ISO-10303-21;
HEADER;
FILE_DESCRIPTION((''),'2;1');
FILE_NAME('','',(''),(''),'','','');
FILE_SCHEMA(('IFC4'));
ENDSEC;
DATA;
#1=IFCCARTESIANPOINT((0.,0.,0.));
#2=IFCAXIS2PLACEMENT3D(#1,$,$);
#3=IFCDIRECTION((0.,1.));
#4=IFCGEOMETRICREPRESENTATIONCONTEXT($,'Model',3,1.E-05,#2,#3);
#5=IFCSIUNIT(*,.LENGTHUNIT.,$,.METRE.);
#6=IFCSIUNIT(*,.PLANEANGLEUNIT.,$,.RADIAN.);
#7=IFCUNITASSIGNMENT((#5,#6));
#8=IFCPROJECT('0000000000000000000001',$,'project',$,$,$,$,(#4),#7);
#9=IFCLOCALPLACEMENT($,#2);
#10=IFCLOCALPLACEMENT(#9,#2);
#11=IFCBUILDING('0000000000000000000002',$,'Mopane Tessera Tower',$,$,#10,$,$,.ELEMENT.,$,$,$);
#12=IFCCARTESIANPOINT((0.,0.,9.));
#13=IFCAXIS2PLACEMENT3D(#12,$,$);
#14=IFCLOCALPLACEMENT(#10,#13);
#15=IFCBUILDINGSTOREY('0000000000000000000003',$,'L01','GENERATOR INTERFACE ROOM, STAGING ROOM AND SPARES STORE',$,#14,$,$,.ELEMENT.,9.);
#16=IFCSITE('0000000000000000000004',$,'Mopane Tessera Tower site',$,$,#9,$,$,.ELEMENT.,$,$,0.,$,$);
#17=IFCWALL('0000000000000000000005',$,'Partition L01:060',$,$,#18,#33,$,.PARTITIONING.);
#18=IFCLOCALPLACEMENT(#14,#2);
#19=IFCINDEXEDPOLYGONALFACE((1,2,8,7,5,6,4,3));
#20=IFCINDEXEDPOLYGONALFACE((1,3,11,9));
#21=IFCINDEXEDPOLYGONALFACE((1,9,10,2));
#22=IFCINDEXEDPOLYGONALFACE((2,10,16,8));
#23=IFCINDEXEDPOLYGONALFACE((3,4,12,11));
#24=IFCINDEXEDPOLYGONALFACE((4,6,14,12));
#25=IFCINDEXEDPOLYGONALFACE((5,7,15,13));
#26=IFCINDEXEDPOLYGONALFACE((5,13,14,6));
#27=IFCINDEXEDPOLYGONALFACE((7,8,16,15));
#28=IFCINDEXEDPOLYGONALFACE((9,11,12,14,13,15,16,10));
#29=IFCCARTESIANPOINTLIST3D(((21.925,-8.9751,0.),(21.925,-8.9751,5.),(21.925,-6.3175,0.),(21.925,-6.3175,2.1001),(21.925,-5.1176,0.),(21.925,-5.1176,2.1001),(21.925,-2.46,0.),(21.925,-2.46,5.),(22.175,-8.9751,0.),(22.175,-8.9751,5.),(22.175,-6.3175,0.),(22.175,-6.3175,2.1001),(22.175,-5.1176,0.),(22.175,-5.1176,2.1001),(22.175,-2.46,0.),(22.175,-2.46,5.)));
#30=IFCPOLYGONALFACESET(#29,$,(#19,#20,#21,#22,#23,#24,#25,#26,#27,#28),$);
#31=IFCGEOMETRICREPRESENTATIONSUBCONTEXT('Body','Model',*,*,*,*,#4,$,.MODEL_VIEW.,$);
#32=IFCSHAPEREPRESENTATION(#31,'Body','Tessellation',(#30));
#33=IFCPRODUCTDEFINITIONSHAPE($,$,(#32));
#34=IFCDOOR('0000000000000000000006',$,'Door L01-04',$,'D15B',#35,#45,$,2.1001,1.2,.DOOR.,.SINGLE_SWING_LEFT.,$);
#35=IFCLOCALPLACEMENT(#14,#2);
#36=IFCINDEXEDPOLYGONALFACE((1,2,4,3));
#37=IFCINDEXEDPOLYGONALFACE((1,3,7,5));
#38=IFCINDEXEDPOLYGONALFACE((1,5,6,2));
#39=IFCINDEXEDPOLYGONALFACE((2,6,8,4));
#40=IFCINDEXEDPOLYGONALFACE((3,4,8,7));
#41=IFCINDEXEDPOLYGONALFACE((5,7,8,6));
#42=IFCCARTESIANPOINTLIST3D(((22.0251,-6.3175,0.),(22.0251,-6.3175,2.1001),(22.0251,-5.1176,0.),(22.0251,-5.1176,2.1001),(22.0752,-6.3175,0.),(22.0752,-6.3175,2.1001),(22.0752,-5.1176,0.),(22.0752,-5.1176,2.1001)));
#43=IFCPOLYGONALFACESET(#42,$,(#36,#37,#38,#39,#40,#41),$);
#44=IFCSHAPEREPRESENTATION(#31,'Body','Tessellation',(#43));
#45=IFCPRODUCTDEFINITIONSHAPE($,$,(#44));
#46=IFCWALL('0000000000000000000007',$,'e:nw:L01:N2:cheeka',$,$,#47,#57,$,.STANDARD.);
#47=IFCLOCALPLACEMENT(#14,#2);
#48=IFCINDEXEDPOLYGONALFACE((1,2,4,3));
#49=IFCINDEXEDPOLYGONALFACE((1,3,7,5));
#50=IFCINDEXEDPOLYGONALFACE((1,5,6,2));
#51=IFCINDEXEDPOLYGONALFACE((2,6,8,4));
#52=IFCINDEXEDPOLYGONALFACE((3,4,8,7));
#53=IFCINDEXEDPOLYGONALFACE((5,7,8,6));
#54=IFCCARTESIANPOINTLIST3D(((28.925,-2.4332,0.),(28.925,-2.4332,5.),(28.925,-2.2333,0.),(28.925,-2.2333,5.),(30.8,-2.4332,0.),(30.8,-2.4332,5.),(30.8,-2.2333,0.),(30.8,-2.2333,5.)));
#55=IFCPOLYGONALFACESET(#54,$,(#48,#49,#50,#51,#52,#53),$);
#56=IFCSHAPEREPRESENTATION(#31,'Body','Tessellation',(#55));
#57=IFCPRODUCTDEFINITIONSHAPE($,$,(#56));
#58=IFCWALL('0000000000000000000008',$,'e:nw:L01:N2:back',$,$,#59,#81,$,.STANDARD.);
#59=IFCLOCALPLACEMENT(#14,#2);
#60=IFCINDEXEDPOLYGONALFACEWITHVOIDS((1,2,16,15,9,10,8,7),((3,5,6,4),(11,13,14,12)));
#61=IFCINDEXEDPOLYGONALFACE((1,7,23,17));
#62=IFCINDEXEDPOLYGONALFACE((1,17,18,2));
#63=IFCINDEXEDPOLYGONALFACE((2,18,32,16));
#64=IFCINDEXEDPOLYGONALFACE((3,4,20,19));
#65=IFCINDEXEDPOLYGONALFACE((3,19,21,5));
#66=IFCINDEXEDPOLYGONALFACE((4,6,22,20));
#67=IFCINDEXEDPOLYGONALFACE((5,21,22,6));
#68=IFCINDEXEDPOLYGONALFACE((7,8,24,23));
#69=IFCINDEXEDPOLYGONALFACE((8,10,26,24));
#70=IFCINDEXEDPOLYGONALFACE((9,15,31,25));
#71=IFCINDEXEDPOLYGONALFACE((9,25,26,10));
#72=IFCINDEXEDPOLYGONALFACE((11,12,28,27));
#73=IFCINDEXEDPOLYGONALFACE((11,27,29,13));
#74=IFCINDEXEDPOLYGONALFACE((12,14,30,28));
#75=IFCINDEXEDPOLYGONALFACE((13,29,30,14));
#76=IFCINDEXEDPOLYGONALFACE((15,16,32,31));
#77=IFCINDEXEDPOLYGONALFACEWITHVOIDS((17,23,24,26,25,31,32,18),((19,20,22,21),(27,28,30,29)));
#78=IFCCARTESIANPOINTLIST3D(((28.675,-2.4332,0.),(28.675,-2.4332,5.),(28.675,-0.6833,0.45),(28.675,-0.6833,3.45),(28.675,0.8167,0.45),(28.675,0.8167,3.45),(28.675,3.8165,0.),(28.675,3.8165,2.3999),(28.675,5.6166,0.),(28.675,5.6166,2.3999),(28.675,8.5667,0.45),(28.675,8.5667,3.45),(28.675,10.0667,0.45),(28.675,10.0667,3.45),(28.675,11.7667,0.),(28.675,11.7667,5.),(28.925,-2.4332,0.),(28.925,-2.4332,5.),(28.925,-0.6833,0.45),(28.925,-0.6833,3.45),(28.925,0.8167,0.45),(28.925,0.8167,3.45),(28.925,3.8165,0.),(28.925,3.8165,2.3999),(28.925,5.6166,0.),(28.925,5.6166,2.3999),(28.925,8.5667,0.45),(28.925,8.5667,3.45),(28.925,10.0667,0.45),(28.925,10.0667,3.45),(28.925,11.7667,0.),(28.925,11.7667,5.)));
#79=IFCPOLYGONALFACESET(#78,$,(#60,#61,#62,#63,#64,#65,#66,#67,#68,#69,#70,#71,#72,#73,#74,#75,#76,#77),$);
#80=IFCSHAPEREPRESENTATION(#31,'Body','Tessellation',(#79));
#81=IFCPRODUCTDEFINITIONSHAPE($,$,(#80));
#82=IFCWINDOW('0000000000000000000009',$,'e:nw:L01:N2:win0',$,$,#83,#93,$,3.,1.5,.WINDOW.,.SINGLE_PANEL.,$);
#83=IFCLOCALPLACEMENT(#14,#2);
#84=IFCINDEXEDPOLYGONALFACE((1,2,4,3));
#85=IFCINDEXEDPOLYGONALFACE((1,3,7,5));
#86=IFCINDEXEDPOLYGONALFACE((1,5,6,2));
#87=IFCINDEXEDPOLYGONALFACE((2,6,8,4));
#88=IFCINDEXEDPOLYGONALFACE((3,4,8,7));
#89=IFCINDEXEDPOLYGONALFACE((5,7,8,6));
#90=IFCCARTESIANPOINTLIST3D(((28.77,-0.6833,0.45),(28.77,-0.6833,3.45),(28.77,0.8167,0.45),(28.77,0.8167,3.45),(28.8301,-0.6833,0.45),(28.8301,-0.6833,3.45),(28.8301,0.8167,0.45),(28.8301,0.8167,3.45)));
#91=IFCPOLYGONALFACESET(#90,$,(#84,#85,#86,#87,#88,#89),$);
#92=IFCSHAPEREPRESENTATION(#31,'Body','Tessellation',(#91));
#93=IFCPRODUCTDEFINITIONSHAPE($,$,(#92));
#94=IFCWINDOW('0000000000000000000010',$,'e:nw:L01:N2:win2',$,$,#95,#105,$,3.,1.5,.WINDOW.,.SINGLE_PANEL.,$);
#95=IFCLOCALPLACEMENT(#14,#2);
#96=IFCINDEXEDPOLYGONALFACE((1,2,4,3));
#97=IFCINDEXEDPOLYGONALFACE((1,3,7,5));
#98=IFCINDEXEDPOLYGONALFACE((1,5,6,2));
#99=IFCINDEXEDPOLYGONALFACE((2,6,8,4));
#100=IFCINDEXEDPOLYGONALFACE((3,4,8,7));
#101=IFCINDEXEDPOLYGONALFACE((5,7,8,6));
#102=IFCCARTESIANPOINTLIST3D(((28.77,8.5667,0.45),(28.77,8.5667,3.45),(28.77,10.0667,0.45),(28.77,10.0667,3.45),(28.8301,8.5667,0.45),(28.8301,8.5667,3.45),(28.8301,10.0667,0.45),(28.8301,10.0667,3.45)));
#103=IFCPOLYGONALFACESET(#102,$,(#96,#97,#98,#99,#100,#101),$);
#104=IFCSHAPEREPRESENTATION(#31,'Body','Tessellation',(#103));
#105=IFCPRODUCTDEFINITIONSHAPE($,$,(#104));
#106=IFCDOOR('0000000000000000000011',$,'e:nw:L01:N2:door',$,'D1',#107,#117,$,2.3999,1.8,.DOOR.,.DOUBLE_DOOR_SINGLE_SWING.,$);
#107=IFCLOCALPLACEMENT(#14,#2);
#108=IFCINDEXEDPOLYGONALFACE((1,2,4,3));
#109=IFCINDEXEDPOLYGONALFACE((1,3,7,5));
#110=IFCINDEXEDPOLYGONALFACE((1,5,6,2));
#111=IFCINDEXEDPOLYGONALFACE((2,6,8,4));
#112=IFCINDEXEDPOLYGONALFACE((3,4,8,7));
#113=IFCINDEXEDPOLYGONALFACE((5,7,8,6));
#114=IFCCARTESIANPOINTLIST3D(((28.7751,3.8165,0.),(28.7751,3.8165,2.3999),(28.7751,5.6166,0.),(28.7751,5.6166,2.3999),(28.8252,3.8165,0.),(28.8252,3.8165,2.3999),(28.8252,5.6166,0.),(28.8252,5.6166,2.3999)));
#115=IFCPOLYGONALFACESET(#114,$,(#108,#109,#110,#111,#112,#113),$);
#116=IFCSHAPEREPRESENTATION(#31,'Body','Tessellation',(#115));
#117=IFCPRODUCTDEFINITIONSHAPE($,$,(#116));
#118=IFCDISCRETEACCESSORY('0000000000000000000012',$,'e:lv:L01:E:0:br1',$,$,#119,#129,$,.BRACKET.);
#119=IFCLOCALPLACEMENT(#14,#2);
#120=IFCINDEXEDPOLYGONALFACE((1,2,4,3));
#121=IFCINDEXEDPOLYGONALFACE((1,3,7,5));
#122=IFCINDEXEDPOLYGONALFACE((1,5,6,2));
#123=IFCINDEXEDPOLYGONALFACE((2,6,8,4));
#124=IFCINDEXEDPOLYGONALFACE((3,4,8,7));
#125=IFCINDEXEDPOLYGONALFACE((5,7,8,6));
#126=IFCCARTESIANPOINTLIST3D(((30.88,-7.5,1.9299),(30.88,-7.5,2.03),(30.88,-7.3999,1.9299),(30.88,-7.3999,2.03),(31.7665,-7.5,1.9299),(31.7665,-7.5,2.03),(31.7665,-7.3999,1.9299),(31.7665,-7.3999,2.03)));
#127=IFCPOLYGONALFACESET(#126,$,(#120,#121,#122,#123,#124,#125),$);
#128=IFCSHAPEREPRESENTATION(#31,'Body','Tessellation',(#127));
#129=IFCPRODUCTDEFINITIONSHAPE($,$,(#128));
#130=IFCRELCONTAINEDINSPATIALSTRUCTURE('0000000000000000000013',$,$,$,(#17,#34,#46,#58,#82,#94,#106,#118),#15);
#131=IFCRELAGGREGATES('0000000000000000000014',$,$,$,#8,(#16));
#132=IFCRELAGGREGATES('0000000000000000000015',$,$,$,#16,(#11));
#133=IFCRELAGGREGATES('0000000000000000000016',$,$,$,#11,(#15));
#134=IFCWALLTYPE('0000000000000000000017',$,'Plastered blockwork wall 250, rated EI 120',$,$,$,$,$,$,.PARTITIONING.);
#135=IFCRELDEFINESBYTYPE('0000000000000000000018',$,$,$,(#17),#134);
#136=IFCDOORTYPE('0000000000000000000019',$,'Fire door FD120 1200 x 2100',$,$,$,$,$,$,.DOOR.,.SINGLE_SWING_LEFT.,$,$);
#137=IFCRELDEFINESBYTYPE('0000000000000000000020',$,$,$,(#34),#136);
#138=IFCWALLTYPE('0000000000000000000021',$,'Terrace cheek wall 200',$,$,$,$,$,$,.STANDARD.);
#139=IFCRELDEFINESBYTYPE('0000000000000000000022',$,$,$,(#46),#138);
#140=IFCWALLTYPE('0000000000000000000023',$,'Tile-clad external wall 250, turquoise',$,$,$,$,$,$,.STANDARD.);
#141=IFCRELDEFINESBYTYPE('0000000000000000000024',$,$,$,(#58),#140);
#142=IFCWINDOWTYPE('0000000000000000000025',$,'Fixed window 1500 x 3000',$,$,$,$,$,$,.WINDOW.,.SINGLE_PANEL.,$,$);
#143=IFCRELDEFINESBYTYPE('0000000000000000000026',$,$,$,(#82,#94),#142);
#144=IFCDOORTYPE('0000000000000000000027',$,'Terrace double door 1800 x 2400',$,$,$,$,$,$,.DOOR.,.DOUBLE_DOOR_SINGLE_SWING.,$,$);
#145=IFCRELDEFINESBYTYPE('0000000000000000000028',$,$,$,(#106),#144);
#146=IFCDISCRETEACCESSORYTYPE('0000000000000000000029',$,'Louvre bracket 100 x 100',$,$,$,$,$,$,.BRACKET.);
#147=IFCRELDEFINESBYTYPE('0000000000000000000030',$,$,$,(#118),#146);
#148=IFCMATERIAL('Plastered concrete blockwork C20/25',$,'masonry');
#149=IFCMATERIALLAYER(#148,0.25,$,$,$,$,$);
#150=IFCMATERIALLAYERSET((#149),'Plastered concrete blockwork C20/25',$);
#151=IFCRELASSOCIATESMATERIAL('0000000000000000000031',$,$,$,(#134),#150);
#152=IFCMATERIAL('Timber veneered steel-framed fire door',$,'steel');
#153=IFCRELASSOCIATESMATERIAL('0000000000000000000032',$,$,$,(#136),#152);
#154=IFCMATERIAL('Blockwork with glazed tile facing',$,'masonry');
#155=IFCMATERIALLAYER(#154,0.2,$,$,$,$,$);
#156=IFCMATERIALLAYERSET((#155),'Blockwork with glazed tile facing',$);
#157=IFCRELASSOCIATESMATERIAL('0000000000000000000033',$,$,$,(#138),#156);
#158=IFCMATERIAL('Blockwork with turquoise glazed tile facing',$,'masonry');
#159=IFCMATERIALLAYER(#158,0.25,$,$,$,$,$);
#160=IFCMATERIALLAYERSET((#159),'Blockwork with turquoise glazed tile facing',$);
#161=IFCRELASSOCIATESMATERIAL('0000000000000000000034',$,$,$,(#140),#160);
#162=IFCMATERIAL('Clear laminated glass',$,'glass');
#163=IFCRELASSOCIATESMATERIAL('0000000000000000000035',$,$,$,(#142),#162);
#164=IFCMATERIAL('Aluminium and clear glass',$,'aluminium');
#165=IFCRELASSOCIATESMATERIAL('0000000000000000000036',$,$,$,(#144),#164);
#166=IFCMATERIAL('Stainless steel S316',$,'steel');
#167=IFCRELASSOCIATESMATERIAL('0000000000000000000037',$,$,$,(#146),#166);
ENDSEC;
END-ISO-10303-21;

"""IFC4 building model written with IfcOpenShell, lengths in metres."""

from ifc_helpers import new_model, si_unit, direction, frame, frame_2d, origin, origin_2d, place, context, subcontext, project, spatial, rectangle, extrude, material, layer, layer_set, type_object, element, fill, save


model = new_model("IFC4")

# Units and contexts
model_context = context("Model", 3, precision=1e-05, world=origin(), true_north=direction((0.0, 1.0)))
body_context = subcontext(model_context, "Body", "Model", "MODEL_VIEW")
ifc_project = project(units=[si_unit("LENGTHUNIT", "METRE"), si_unit("PLANEANGLEUNIT", "RADIAN")], contexts=[model_context])

# Site, building, storey
site_placement = place(None, origin())
site = spatial("IfcSite", under=ifc_project, at=site_placement, Name="Mopane Tessera Tower site", CompositionType="ELEMENT", RefElevation=0.0)
building_placement = place(site_placement, origin())
building = spatial("IfcBuilding", under=site, at=building_placement, Name="Mopane Tessera Tower", CompositionType="ELEMENT")
storey_placement = place(building_placement, frame((0.0, 0.0, 9.0)))
storey = spatial("IfcBuildingStorey", under=building, at=storey_placement, Name="L01", Description="GENERATOR INTERFACE ROOM, STAGING ROOM AND SPARES STORE", CompositionType="ELEMENT", Elevation=9.0)

# Shared definitions
ifc_material_1 = material(Name="Plastered concrete blockwork C20/25", Category="masonry")
ifc_layer_1 = layer(ifc_material_1, 0.25)
ifc_layer_set_1 = layer_set([ifc_layer_1], Name="Plastered concrete blockwork C20/25")
wall_type_1 = type_object("IfcWallType", Name="Plastered blockwork wall 250, rated EI 120", PredefinedType="PARTITIONING", material=ifc_layer_set_1)

# Wall, opening, door
wall_1_placement = place(storey_placement, frame((22.05, -8.9751, 0.0), z_axis=(0.0, 0.0, 1.0), x_axis=(0.0, 1.0, 0.0)))
wall_1 = element("IfcWall", 1, at=wall_1_placement, inside=storey, type_object=wall_type_1, Name="Partition L01:060", PredefinedType="PARTITIONING", context=body_context, shape_type="SweptSolid", body=[
    extrude(rectangle(XDim=6.5151, YDim=0.25, at=frame_2d((3.2576, 0.0))), origin(), (0.0, 0.0, 1.0), 5.0),
])
opening_1_placement = place(wall_1_placement, frame((2.6575, 0.0, 0.0)))
opening_1 = element("IfcOpeningElement", 2, at=opening_1_placement, cuts=wall_1, PredefinedType="OPENING", context=body_context, shape_type="SweptSolid", body=[
    extrude(rectangle(XDim=1.2, YDim=2.1001, at=frame_2d((0.6001, 1.05))), frame((0.0, 0.137, 0.0), z_axis=(0.0, -1.0, 0.0), x_axis=(1.0, 0.0, 0.0)), (0.0, 0.0, 1.0), 0.2739),
])
ifc_material_2 = material(Name="Timber veneered steel-framed fire door", Category="steel")
door_type_1 = type_object("IfcDoorType", Name="Fire door FD120 1200 x 2100", OperationType="SINGLE_SWING_LEFT", PredefinedType="DOOR", material=ifc_material_2)
door_1_placement = place(opening_1_placement, origin())
door_1 = element("IfcDoor", 3, at=door_1_placement, inside=storey, type_object=door_type_1, Name="Door L01-04", ObjectType="D15B", OperationType="SINGLE_SWING_LEFT", OverallHeight=2.1001, OverallWidth=1.2, PredefinedType="DOOR", context=body_context, shape_type="SweptSolid", body=[
    extrude(rectangle(XDim=1.2, YDim=2.1001, at=frame_2d((0.6001, 1.05))), frame((0.0, 0.0249, 0.0), z_axis=(0.0, -1.0, 0.0), x_axis=(1.0, 0.0, 0.0)), (0.0, 0.0, 1.0), 0.05),
])
fill(opening_1, door_1)

# Wall
ifc_material_3 = material(Name="Blockwork with glazed tile facing", Category="masonry")
ifc_layer_2 = layer(ifc_material_3, 0.2)
ifc_layer_set_2 = layer_set([ifc_layer_2], Name="Blockwork with glazed tile facing")
wall_type_2 = type_object("IfcWallType", Name="Terrace cheek wall 200", PredefinedType="STANDARD", material=ifc_layer_set_2)
wall_2_placement = place(storey_placement, frame((30.8, -2.3333, 0.0), z_axis=(0.0, 0.0, 1.0), x_axis=(-1.0, 0.0, 0.0)))
element("IfcWall", 4, at=wall_2_placement, inside=storey, type_object=wall_type_2, Name="e:nw:L01:N2:cheeka", PredefinedType="STANDARD", context=body_context, shape_type="SweptSolid", body=[
    extrude(rectangle(XDim=1.875, YDim=0.2, at=frame_2d((0.9375, 0.0))), origin(), (0.0, 0.0, 1.0), 5.0),
])

# Wall, openings, windows, door
ifc_material_4 = material(Name="Blockwork with turquoise glazed tile facing", Category="masonry")
ifc_layer_3 = layer(ifc_material_4, 0.25)
ifc_layer_set_3 = layer_set([ifc_layer_3], Name="Blockwork with turquoise glazed tile facing")
wall_type_3 = type_object("IfcWallType", Name="Tile-clad external wall 250, turquoise", PredefinedType="STANDARD", material=ifc_layer_set_3)
wall_3_placement = place(storey_placement, frame((28.8, -2.4333, 0.0), z_axis=(0.0, 0.0, 1.0), x_axis=(0.0, 1.0, 0.0)))
wall_3 = element("IfcWall", 5, at=wall_3_placement, inside=storey, type_object=wall_type_3, Name="e:nw:L01:N2:back", PredefinedType="STANDARD", context=body_context, shape_type="SweptSolid", body=[
    extrude(rectangle(XDim=14.2, YDim=0.25, at=frame_2d((7.1001, 0.0))), origin(), (0.0, 0.0, 1.0), 5.0),
])
opening_2_placement = place(wall_3_placement, frame((1.75, 0.0, 0.45)))
opening_2 = element("IfcOpeningElement", 6, at=opening_2_placement, cuts=wall_3, PredefinedType="OPENING", context=body_context, shape_type="SweptSolid", body=[
    extrude(rectangle(XDim=1.5, YDim=3.0, at=frame_2d((0.75, 1.5))), frame((0.0, 0.137, 0.0), z_axis=(0.0, -1.0, 0.0), x_axis=(1.0, 0.0, 0.0)), (0.0, 0.0, 1.0), 0.2739),
])
opening_3_placement = place(wall_3_placement, frame((6.25, 0.0, 0.0)))
opening_3 = element("IfcOpeningElement", 7, at=opening_3_placement, cuts=wall_3, PredefinedType="OPENING", context=body_context, shape_type="SweptSolid", body=[
    extrude(rectangle(XDim=1.8, YDim=2.3999, at=frame_2d((0.8999, 1.2))), frame((0.0, 0.137, 0.0), z_axis=(0.0, -1.0, 0.0), x_axis=(1.0, 0.0, 0.0)), (0.0, 0.0, 1.0), 0.2739),
])
opening_4_placement = place(wall_3_placement, frame((11.0, 0.0, 0.45)))
opening_4 = element("IfcOpeningElement", 8, at=opening_4_placement, cuts=wall_3, PredefinedType="OPENING", context=body_context, shape_type="SweptSolid", body=[
    extrude(rectangle(XDim=1.5, YDim=3.0, at=frame_2d((0.75, 1.5))), frame((0.0, 0.137, 0.0), z_axis=(0.0, -1.0, 0.0), x_axis=(1.0, 0.0, 0.0)), (0.0, 0.0, 1.0), 0.2739),
])
ifc_material_5 = material(Name="Clear laminated glass", Category="glass")
window_type = type_object("IfcWindowType", Name="Fixed window 1500 x 3000", PartitioningType="SINGLE_PANEL", PredefinedType="WINDOW", material=ifc_material_5)
window_1_placement = place(opening_2_placement, origin())
window_1 = element("IfcWindow", 9, at=window_1_placement, inside=storey, type_object=window_type, Name="e:nw:L01:N2:win0", OverallHeight=3.0, OverallWidth=1.5, PartitioningType="SINGLE_PANEL", PredefinedType="WINDOW", context=body_context, shape_type="SweptSolid", body=[
    extrude(rectangle(XDim=1.5, YDim=3.0, at=frame_2d((0.75, 1.5))), frame((0.0, 0.03, 0.0), z_axis=(0.0, -1.0, 0.0), x_axis=(1.0, 0.0, 0.0)), (0.0, 0.0, 1.0), 0.0601),
])
fill(opening_2, window_1)
window_2_placement = place(opening_4_placement, origin())
window_2 = element("IfcWindow", 10, at=window_2_placement, inside=storey, type_object=window_type, Name="e:nw:L01:N2:win2", OverallHeight=3.0, OverallWidth=1.5, PartitioningType="SINGLE_PANEL", PredefinedType="WINDOW", context=body_context, shape_type="SweptSolid", body=[
    extrude(rectangle(XDim=1.5, YDim=3.0, at=frame_2d((0.75, 1.5))), frame((0.0, 0.03, 0.0), z_axis=(0.0, -1.0, 0.0), x_axis=(1.0, 0.0, 0.0)), (0.0, 0.0, 1.0), 0.0601),
])
fill(opening_4, window_2)
ifc_material_6 = material(Name="Aluminium and clear glass", Category="aluminium")
door_type_2 = type_object("IfcDoorType", Name="Terrace double door 1800 x 2400", OperationType="DOUBLE_DOOR_SINGLE_SWING", PredefinedType="DOOR", material=ifc_material_6)
door_2_placement = place(opening_3_placement, origin())
door_2 = element("IfcDoor", 11, at=door_2_placement, inside=storey, type_object=door_type_2, Name="e:nw:L01:N2:door", ObjectType="D1", OperationType="DOUBLE_DOOR_SINGLE_SWING", OverallHeight=2.3999, OverallWidth=1.8, PredefinedType="DOOR", context=body_context, shape_type="SweptSolid", body=[
    extrude(rectangle(XDim=1.8, YDim=2.3999, at=frame_2d((0.8999, 1.2))), frame((0.0, 0.0249, 0.0), z_axis=(0.0, -1.0, 0.0), x_axis=(1.0, 0.0, 0.0)), (0.0, 0.0, 1.0), 0.05),
])
fill(opening_3, door_2)

# Discrete accessory
ifc_material_7 = material(Name="Stainless steel S316", Category="steel")
discrete_accessory_type = type_object("IfcDiscreteAccessoryType", Name="Louvre bracket 100 x 100", PredefinedType="BRACKET", material=ifc_material_7)
discrete_accessory_placement = place(storey_placement, frame((31.3232, -7.45, 1.9299), z_axis=(0.0, 0.0, 1.0), x_axis=(1.0, 0.0, 0.0)))
element("IfcDiscreteAccessory", 12, at=discrete_accessory_placement, inside=storey, type_object=discrete_accessory_type, Name="e:lv:L01:E:0:br1", PredefinedType="BRACKET", context=body_context, shape_type="SweptSolid", body=[
    extrude(rectangle(XDim=0.8865, YDim=0.1001, at=origin_2d()), origin(), (0.0, 0.0, 1.0), 0.1001),
])

save(model, "model.ifc")
